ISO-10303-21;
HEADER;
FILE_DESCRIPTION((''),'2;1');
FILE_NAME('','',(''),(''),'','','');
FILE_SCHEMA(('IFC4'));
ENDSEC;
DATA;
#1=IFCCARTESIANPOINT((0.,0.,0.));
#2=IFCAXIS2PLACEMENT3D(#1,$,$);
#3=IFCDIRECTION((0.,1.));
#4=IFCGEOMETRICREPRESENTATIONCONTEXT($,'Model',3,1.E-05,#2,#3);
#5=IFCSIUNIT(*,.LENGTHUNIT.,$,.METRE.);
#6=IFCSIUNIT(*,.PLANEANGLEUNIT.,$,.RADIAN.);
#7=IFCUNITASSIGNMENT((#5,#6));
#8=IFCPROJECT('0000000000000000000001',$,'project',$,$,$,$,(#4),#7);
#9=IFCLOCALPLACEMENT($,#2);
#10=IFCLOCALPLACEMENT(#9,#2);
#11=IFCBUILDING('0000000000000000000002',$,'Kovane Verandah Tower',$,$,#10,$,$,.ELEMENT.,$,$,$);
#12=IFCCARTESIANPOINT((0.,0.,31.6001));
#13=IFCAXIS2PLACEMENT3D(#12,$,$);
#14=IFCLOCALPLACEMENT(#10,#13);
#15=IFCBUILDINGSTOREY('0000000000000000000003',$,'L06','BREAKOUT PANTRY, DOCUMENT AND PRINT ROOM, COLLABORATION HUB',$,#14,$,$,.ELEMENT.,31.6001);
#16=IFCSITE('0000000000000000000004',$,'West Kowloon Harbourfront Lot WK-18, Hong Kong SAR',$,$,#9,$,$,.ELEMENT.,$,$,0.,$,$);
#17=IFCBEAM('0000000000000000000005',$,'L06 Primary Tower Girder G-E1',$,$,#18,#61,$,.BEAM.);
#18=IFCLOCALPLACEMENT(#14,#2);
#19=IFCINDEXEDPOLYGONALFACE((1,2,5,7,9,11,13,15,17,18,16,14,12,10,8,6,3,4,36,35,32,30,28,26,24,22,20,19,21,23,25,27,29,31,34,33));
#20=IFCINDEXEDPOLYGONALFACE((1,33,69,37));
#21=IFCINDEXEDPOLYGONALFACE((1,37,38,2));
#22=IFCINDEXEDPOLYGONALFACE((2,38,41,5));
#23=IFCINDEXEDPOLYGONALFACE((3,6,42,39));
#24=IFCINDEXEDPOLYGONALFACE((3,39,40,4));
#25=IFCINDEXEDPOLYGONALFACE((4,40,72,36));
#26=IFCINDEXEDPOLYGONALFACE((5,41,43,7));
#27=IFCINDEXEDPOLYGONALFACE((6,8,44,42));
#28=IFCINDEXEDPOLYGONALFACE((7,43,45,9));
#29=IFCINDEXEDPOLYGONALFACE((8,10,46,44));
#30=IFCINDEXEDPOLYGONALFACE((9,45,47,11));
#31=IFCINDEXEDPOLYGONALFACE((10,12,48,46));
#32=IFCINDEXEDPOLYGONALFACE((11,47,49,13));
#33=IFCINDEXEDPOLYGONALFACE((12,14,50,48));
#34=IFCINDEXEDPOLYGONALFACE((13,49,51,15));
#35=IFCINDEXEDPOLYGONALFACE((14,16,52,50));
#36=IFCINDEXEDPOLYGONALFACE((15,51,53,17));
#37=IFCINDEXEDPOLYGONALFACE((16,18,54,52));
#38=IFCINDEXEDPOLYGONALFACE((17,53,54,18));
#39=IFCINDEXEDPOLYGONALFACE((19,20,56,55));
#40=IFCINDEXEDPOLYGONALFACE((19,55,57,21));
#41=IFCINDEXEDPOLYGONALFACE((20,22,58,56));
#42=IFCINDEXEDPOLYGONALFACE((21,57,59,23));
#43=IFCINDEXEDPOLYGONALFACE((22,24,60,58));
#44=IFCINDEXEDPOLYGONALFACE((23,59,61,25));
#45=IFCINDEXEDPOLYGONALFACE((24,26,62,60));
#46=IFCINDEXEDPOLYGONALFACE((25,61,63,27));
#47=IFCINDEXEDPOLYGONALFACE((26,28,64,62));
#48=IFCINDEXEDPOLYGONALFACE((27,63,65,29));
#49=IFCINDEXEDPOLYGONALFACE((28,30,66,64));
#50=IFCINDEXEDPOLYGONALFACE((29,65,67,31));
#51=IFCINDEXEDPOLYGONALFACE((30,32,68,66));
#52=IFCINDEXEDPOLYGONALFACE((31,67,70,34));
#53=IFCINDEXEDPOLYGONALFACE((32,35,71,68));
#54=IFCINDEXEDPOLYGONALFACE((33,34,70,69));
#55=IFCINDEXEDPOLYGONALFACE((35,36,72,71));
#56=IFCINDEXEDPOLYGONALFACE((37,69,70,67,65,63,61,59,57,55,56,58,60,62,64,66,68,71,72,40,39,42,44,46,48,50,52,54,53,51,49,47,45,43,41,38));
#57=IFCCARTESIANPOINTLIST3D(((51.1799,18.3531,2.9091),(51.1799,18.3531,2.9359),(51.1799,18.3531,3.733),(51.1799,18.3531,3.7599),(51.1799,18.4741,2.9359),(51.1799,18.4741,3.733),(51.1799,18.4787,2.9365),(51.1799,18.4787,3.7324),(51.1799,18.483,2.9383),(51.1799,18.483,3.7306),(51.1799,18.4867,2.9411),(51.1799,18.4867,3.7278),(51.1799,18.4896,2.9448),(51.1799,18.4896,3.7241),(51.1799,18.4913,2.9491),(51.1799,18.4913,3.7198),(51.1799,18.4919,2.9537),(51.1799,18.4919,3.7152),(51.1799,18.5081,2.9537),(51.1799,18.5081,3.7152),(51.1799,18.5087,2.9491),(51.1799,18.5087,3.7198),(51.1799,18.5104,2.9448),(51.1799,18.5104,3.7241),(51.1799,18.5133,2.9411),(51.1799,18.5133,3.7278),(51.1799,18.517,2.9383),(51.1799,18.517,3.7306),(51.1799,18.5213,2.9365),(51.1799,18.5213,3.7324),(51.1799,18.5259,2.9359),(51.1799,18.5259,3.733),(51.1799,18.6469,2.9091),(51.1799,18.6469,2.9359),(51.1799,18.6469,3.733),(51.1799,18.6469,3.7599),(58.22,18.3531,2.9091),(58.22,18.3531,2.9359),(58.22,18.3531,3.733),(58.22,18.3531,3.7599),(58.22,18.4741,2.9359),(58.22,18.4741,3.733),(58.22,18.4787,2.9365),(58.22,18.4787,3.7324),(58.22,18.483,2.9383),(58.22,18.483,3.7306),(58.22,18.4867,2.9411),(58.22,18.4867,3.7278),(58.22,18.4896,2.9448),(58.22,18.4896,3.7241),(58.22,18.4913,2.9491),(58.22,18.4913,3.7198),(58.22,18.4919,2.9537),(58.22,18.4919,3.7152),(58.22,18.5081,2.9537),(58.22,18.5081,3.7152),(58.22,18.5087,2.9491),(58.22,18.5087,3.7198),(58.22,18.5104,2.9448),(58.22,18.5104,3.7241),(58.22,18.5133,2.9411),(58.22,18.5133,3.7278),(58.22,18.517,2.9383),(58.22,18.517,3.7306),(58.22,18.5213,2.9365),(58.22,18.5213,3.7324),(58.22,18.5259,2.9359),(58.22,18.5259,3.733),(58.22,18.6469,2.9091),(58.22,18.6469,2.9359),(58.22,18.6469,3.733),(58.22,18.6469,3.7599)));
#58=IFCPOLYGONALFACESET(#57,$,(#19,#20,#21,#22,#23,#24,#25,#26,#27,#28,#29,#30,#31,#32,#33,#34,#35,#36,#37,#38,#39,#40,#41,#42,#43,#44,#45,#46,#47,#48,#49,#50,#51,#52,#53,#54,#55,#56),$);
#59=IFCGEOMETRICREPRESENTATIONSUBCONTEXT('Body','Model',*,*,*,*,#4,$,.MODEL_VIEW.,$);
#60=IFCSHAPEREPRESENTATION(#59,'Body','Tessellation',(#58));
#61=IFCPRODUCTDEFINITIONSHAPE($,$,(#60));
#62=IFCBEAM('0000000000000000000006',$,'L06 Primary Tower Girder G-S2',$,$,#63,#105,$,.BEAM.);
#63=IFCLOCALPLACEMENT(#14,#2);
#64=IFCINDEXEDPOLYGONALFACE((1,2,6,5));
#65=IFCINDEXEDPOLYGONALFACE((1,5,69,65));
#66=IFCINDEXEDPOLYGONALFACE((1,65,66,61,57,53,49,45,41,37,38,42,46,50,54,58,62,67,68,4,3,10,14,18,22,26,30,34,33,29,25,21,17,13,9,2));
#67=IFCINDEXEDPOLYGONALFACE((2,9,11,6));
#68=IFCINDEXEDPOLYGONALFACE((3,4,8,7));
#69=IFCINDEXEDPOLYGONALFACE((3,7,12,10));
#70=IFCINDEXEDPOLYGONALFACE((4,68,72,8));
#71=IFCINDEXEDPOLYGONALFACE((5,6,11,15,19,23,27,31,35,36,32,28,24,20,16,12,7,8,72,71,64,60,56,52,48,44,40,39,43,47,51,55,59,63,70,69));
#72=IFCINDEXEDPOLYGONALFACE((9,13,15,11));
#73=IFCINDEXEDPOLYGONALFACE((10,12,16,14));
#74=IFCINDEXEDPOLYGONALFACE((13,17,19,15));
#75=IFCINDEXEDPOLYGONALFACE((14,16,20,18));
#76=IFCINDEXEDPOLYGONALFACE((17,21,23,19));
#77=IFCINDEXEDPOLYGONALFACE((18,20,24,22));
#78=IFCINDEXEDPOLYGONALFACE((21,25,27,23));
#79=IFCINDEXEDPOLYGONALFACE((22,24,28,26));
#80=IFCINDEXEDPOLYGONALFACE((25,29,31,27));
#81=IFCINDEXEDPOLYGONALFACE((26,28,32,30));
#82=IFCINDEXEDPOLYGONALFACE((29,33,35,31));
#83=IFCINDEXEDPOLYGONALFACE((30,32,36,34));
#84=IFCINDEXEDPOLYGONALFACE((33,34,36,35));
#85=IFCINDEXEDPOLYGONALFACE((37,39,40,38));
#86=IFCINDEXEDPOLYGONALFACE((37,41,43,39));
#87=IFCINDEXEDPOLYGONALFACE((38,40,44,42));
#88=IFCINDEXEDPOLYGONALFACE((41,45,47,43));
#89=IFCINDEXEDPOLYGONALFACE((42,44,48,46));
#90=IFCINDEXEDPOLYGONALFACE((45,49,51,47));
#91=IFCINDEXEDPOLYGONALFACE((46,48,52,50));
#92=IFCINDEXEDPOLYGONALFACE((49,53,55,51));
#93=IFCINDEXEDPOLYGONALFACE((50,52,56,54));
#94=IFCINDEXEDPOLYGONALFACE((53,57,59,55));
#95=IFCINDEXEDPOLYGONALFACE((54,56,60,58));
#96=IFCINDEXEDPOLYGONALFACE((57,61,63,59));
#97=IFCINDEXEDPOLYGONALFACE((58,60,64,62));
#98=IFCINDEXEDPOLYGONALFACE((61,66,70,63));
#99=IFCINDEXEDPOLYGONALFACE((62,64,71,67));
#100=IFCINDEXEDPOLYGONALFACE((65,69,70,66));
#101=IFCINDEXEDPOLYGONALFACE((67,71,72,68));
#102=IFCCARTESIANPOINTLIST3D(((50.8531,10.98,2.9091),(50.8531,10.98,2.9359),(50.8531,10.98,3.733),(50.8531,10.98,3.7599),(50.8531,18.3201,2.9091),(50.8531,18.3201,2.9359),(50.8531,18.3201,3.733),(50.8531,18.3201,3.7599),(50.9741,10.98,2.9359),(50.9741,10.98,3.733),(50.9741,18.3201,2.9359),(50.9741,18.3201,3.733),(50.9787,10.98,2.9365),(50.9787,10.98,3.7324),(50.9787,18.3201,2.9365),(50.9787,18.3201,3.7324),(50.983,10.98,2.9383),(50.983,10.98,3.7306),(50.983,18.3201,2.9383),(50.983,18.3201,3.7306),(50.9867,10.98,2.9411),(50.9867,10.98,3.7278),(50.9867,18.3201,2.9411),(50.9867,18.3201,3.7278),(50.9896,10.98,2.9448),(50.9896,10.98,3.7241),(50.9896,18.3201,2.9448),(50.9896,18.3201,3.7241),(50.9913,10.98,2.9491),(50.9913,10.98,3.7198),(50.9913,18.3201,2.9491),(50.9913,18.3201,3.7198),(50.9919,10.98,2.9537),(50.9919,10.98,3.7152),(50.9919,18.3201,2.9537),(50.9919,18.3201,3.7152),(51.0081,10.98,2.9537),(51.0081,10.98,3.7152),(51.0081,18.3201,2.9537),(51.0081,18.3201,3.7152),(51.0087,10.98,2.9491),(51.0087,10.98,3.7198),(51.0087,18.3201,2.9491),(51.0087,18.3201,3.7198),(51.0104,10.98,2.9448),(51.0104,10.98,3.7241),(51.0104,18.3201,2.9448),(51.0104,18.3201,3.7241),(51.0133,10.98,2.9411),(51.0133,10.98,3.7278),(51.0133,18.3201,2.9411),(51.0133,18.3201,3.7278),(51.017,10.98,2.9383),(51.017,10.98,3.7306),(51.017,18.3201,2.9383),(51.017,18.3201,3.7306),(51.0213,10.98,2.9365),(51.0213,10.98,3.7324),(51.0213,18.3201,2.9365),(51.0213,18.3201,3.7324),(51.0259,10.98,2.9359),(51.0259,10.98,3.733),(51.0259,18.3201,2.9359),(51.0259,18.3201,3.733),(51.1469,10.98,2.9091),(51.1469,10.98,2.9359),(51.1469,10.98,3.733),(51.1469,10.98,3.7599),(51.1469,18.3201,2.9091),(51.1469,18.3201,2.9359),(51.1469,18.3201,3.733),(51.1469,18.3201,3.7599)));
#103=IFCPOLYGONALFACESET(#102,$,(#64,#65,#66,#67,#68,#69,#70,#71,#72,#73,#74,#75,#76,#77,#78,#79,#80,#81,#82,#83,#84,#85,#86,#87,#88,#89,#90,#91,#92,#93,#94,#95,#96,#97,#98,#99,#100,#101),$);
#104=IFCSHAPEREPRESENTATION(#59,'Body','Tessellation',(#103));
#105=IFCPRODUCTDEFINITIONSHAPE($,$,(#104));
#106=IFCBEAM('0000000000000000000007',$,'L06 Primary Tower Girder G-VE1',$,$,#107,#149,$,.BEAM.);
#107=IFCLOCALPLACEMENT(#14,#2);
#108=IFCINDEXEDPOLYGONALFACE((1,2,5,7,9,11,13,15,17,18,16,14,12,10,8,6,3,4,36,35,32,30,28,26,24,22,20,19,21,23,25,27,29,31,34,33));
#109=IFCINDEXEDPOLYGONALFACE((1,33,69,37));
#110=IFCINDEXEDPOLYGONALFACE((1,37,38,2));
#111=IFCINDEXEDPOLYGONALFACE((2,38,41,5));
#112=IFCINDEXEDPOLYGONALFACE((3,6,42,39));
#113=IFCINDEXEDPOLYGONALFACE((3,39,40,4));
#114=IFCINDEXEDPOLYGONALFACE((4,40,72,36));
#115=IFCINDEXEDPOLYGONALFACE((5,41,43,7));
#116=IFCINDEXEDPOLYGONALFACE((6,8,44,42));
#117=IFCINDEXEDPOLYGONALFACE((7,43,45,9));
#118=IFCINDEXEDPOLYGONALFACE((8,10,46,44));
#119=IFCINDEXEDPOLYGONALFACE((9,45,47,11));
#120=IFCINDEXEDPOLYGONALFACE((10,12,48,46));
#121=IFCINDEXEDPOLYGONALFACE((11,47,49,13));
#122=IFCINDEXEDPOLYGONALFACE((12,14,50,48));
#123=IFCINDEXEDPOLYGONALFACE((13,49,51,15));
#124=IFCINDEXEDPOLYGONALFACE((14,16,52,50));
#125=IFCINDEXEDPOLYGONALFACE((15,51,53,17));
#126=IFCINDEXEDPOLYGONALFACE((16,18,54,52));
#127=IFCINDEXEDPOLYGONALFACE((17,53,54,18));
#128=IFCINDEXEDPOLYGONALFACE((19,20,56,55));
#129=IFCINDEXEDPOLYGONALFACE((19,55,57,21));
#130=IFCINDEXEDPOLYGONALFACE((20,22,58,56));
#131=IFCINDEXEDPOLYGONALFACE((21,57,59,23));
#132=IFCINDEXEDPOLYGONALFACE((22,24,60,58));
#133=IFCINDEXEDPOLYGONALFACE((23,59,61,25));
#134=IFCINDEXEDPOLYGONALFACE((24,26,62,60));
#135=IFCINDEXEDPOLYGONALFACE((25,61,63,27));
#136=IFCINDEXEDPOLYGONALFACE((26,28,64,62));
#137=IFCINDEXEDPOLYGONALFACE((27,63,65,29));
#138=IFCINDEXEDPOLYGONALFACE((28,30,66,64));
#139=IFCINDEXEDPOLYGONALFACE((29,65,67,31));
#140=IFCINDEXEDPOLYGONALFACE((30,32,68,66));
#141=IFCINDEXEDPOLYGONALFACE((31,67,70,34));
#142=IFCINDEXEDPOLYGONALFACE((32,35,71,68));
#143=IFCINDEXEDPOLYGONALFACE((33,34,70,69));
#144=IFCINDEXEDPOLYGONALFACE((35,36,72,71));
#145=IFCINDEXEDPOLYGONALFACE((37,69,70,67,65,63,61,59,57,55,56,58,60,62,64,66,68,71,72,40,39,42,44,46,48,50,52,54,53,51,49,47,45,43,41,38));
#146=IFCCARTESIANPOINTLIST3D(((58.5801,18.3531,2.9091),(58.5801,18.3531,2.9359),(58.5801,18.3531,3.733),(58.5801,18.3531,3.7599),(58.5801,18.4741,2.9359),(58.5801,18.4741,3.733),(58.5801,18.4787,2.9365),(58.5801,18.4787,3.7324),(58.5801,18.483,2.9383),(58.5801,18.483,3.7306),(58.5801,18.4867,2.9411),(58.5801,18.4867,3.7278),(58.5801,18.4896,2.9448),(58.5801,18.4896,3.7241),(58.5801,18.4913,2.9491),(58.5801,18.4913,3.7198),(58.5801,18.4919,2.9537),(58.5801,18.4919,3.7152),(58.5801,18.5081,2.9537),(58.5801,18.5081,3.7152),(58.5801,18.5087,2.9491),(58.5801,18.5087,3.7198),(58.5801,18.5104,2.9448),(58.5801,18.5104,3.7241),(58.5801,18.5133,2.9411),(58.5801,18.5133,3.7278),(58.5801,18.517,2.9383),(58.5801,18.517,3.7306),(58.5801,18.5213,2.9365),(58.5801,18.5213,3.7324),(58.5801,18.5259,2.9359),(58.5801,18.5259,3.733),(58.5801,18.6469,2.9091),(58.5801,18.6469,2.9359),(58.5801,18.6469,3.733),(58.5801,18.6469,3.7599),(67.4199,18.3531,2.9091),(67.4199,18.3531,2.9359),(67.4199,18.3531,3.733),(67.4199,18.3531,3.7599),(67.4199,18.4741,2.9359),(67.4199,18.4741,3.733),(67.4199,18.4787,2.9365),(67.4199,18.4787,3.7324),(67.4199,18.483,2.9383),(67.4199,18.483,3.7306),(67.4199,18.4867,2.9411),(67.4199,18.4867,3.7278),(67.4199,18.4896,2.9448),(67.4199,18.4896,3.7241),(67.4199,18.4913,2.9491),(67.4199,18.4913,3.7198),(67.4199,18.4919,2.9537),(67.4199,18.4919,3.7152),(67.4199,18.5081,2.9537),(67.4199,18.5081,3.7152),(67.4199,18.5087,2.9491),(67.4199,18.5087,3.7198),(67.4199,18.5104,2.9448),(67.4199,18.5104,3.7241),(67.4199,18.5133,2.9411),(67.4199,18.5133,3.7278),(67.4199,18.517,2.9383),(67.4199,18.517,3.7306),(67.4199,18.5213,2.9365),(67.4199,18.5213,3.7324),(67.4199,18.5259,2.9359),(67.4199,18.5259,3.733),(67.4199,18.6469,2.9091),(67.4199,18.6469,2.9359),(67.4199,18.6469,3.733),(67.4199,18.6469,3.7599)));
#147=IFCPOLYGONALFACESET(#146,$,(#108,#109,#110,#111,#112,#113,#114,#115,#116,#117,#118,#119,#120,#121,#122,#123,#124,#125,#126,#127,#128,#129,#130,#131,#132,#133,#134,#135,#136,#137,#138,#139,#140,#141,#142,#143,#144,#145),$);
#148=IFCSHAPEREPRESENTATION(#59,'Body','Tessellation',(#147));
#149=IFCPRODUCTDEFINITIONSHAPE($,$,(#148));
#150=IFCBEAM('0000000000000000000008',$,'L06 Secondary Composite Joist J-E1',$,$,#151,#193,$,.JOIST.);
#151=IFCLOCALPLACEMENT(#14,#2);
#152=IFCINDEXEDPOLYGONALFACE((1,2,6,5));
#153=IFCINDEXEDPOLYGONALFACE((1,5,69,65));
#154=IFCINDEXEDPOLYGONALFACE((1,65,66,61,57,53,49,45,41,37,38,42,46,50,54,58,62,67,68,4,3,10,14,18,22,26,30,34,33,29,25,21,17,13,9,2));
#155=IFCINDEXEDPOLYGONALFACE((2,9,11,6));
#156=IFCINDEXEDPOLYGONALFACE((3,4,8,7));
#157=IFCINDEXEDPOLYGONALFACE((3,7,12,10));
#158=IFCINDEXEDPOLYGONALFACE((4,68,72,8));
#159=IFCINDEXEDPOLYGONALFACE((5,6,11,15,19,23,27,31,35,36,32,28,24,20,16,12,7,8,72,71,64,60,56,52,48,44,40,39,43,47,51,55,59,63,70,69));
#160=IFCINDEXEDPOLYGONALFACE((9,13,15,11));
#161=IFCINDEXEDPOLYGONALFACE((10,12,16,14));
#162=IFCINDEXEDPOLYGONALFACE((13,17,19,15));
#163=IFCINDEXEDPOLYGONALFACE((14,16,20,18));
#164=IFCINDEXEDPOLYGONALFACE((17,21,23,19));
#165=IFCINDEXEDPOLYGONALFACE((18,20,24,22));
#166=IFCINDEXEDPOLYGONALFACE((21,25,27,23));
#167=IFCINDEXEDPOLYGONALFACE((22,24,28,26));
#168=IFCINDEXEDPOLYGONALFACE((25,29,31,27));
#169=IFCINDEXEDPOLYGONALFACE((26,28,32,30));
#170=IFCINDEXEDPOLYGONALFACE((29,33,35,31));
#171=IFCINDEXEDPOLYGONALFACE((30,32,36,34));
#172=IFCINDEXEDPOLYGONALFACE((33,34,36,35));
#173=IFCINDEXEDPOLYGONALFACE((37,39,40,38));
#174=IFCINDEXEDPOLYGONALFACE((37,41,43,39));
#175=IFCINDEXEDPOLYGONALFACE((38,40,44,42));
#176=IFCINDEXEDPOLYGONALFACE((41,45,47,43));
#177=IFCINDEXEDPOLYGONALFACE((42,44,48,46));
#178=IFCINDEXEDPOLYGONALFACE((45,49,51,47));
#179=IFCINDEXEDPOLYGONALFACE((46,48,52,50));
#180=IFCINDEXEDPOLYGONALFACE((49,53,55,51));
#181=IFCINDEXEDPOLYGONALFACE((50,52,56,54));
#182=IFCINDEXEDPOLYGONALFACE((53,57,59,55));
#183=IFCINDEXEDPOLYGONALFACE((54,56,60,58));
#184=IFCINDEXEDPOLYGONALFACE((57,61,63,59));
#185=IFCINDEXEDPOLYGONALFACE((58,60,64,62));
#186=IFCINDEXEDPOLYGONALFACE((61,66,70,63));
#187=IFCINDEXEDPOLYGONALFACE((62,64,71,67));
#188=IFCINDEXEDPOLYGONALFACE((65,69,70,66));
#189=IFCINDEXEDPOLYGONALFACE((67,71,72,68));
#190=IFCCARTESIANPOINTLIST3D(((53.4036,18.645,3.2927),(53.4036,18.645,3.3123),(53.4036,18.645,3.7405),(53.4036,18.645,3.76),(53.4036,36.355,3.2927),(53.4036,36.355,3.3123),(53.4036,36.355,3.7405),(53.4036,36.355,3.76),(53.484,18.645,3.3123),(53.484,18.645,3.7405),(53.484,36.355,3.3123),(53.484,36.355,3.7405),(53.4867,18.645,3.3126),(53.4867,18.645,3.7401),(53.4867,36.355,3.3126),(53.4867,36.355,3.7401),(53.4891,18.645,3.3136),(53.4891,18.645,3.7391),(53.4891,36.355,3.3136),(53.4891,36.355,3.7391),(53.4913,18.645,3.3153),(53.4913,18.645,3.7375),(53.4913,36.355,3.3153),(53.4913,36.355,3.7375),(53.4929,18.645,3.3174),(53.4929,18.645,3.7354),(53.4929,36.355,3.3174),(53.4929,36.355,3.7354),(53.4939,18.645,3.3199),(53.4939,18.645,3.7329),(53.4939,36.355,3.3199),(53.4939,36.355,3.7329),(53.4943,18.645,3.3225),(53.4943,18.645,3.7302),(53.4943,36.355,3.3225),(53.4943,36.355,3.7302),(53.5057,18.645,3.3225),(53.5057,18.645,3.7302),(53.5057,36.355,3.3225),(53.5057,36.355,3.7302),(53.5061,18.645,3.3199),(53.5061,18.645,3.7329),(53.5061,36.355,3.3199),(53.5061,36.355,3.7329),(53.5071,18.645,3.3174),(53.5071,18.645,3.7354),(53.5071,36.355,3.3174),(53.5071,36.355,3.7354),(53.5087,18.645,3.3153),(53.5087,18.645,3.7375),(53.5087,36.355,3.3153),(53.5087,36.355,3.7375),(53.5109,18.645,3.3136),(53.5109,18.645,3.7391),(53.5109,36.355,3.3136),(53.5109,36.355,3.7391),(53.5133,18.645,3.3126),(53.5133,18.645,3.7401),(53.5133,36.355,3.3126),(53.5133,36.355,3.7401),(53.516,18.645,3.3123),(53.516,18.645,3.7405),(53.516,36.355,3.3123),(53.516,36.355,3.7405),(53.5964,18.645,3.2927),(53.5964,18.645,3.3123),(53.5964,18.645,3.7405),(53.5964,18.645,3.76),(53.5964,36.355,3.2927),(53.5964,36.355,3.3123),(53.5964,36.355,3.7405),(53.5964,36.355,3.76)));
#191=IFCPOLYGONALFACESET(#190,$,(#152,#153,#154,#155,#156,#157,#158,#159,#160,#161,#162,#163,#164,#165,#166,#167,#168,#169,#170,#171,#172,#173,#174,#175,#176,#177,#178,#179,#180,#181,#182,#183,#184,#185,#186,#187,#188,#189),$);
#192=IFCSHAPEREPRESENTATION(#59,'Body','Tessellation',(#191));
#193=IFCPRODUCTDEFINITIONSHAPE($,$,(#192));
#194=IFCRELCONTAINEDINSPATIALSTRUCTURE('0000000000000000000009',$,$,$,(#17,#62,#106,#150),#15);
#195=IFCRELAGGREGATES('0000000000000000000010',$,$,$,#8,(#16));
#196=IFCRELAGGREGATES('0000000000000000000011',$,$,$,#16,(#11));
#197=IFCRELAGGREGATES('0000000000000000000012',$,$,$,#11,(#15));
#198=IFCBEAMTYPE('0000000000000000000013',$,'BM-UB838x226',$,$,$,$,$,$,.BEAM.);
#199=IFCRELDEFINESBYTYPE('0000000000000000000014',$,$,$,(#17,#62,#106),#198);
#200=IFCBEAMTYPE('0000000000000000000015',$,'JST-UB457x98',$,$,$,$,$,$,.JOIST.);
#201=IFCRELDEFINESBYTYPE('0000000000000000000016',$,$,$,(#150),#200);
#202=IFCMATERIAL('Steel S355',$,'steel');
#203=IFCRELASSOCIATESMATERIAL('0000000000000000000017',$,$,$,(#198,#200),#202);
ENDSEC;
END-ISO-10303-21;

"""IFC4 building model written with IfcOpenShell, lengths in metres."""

from ifc_helpers import new_model, si_unit, direction, frame, origin, origin_2d, place, context, subcontext, project, spatial, i_section, extrude, material, material_profile, profile_set, type_object, element, save


model = new_model("IFC4")

# Units and contexts
model_context = context("Model", 3, precision=1e-05, world=origin(), true_north=direction((0.0, 1.0)))
body_context = subcontext(model_context, "Body", "Model", "MODEL_VIEW")
ifc_project = project(units=[si_unit("LENGTHUNIT", "METRE"), si_unit("PLANEANGLEUNIT", "RADIAN")], contexts=[model_context])

# Site, building, storey
site_placement = place(None, origin())
site = spatial("IfcSite", under=ifc_project, at=site_placement, Name="West Kowloon Harbourfront Lot WK-18, Hong Kong SAR", CompositionType="ELEMENT", RefElevation=0.0)
building_placement = place(site_placement, origin())
building = spatial("IfcBuilding", under=site, at=building_placement, Name="Kovane Verandah Tower", CompositionType="ELEMENT")
storey_placement = place(building_placement, frame((0.0, 0.0, 31.6001)))
storey = spatial("IfcBuildingStorey", under=building, at=storey_placement, Name="L06", Description="BREAKOUT PANTRY, DOCUMENT AND PRINT ROOM, COLLABORATION HUB", CompositionType="ELEMENT", Elevation=31.6001)

# Beams
ifc_material_1 = material(Name="Steel S355", Category="steel")
ifc_material_profile_1 = material_profile(ifc_material_1, i_section(OverallWidth=0.2937, OverallDepth=0.8508, WebThickness=0.0161, FlangeThickness=0.0269, FilletRadius=0.0178, at=origin_2d()), Name="UB838x292x226")
ifc_profile_set_1 = profile_set([ifc_material_profile_1], Name="Steel S355")
beam_type_1 = type_object("IfcBeamType", Name="BM-UB838x226", PredefinedType="BEAM", material=ifc_profile_set_1)
beam_1_placement = place(storey_placement, frame((51.1799, 18.5, 3.3345), z_axis=(1.0, 0.0, 0.0), x_axis=(0.0, 1.0, 0.0)))
element("IfcBeam", 1, at=beam_1_placement, inside=storey, type_object=beam_type_1, Name="L06 Primary Tower Girder G-E1", PredefinedType="BEAM", context=body_context, shape_type="SweptSolid", body=[
    extrude(i_section(OverallWidth=0.2937, OverallDepth=0.8508, WebThickness=0.0161, FlangeThickness=0.0269, FilletRadius=0.0178, at=origin_2d()), origin(), (0.0, 0.0, 1.0), 7.04),
])
beam_2_placement = place(storey_placement, frame((51.0, 18.3201, 3.3345), z_axis=(0.0, -1.0, 0.0), x_axis=(1.0, 0.0, 0.0)))
element("IfcBeam", 2, at=beam_2_placement, inside=storey, type_object=beam_type_1, Name="L06 Primary Tower Girder G-S2", PredefinedType="BEAM", context=body_context, shape_type="SweptSolid", body=[
    extrude(i_section(OverallWidth=0.2937, OverallDepth=0.8508, WebThickness=0.0161, FlangeThickness=0.0269, FilletRadius=0.0178, at=origin_2d()), origin(), (0.0, 0.0, 1.0), 7.3401),
])
beam_3_placement = place(storey_placement, frame((58.5801, 18.5, 3.3345), z_axis=(1.0, 0.0, 0.0), x_axis=(0.0, 1.0, 0.0)))
element("IfcBeam", 3, at=beam_3_placement, inside=storey, type_object=beam_type_1, Name="L06 Primary Tower Girder G-VE1", PredefinedType="BEAM", context=body_context, shape_type="SweptSolid", body=[
    extrude(i_section(OverallWidth=0.2937, OverallDepth=0.8508, WebThickness=0.0161, FlangeThickness=0.0269, FilletRadius=0.0178, at=origin_2d()), origin(), (0.0, 0.0, 1.0), 8.8398),
])
ifc_material_profile_2 = material_profile(ifc_material_1, i_section(OverallWidth=0.1929, OverallDepth=0.4673, WebThickness=0.0115, FlangeThickness=0.0195, FilletRadius=0.0103, at=origin_2d()), Name="UB457x191x98")
ifc_profile_set_2 = profile_set([ifc_material_profile_2], Name="Steel S355")
beam_type_2 = type_object("IfcBeamType", Name="JST-UB457x98", PredefinedType="JOIST", material=ifc_profile_set_2)
for number, where, z_axis, x_axis, name in (
    (4, (53.5, 18.645, 3.5264), (0.0, 1.0, 0.0), (-1.0, 0.0, 0.0), "L06 Secondary Composite Joist J-E1"),
):
    element("IfcBeam", number, at=place(storey_placement, frame(where, z_axis=z_axis, x_axis=x_axis)), inside=storey, type_object=beam_type_2, Name=name, PredefinedType="JOIST", context=body_context, shape_type="SweptSolid", body=[
        extrude(i_section(OverallWidth=0.1929, OverallDepth=0.4673, WebThickness=0.0115, FlangeThickness=0.0195, FilletRadius=0.0103, at=origin_2d()), origin(), (0.0, 0.0, 1.0), 17.71),
    ])

save(model, "model.ifc")
